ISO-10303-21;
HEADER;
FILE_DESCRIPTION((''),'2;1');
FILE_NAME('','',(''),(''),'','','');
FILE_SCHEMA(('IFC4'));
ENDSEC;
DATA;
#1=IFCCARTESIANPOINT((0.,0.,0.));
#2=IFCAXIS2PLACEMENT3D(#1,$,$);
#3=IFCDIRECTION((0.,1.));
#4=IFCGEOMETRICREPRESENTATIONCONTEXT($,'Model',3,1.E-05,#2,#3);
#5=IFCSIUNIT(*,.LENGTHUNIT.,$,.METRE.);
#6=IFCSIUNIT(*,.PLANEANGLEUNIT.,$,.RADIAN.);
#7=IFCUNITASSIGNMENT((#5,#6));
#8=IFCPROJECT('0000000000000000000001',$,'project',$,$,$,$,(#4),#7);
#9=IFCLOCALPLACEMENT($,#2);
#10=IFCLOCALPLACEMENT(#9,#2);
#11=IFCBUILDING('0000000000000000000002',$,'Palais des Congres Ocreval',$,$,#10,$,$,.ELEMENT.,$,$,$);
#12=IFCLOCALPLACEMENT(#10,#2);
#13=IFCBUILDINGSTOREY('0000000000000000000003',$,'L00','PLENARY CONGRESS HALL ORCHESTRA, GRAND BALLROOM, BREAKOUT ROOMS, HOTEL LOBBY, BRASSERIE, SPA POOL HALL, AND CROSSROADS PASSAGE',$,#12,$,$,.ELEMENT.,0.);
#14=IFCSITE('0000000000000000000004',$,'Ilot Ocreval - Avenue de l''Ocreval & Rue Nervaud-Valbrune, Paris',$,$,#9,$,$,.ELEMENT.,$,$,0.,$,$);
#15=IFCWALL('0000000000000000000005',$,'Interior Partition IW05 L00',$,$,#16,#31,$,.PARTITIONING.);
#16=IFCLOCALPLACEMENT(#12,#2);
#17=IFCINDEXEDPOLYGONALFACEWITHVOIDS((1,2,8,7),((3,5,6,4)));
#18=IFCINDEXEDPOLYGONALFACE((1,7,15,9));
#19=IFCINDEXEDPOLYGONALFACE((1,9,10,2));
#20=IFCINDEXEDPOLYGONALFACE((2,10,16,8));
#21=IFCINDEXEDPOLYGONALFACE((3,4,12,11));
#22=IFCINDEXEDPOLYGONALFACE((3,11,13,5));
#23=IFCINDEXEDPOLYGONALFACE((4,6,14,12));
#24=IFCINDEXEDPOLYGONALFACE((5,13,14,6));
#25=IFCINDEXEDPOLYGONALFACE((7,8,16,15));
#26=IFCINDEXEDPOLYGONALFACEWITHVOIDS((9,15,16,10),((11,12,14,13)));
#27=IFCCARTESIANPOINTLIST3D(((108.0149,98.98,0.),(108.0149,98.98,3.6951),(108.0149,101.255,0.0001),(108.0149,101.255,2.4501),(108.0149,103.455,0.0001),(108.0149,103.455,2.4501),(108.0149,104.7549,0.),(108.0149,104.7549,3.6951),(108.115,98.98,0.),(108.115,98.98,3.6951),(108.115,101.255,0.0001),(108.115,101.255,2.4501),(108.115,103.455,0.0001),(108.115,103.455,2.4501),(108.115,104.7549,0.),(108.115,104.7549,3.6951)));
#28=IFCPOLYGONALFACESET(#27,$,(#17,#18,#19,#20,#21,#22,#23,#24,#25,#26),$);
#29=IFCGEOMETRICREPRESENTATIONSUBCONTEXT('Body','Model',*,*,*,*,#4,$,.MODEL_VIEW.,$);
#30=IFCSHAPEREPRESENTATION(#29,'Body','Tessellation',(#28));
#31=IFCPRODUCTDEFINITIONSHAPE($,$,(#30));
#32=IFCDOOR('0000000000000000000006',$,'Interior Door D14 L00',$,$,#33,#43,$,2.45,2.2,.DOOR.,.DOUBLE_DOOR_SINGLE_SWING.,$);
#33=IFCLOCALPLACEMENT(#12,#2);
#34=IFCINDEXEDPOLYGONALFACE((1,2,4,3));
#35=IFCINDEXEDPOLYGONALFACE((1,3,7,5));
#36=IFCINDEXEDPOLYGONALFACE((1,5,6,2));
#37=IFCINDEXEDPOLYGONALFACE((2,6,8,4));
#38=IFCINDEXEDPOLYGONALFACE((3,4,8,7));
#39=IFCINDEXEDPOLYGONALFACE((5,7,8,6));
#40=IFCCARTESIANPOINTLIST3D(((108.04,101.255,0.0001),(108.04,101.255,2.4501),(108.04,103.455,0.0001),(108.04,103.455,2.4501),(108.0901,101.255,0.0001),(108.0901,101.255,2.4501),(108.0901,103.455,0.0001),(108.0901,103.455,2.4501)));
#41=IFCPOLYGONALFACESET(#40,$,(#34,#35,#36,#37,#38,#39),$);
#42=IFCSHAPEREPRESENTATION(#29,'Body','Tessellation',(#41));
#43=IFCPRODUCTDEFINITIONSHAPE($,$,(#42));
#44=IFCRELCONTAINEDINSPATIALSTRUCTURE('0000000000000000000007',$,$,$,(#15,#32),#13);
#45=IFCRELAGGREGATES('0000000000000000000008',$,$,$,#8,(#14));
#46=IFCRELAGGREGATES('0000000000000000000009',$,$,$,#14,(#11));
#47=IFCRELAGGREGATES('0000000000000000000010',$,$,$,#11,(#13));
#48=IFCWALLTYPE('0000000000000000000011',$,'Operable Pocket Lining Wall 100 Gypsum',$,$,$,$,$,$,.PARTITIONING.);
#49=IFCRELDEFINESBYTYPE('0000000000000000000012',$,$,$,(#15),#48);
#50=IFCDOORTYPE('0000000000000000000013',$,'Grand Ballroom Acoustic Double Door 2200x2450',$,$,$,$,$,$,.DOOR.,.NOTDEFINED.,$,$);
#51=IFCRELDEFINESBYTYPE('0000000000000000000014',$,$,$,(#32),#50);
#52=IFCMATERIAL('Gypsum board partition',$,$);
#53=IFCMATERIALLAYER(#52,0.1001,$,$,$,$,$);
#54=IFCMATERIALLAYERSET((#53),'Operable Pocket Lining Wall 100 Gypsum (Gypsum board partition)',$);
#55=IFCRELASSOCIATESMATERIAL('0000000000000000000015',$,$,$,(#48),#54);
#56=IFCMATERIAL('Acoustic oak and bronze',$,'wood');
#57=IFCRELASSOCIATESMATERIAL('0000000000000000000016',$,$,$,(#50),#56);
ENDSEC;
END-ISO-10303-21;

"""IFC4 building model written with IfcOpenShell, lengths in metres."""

from ifc_helpers import new_model, si_unit, direction, frame, frame_2d, origin, place, context, subcontext, project, spatial, rectangle, extrude, material, layer, layer_set, type_object, element, fill, save


model = new_model("IFC4")

# Units and contexts
model_context = context("Model", 3, precision=1e-05, world=origin(), true_north=direction((0.0, 1.0)))
body_context = subcontext(model_context, "Body", "Model", "MODEL_VIEW")
ifc_project = project(units=[si_unit("LENGTHUNIT", "METRE"), si_unit("PLANEANGLEUNIT", "RADIAN")], contexts=[model_context])

# Site, building, storey
site_placement = place(None, origin())
site = spatial("IfcSite", under=ifc_project, at=site_placement, Name="Ilot Ocreval - Avenue de l'Ocreval & Rue Nervaud-Valbrune, Paris", CompositionType="ELEMENT", RefElevation=0.0)
building_placement = place(site_placement, origin())
building = spatial("IfcBuilding", under=site, at=building_placement, Name="Palais des Congres Ocreval", CompositionType="ELEMENT")
storey_placement = place(building_placement, origin())
storey = spatial("IfcBuildingStorey", under=building, at=storey_placement, Name="L00", Description="PLENARY CONGRESS HALL ORCHESTRA, GRAND BALLROOM, BREAKOUT ROOMS, HOTEL LOBBY, BRASSERIE, SPA POOL HALL, AND CROSSROADS PASSAGE", CompositionType="ELEMENT", Elevation=0.0)

# Shared definitions
ifc_material_1 = material(Name="Gypsum board partition")
ifc_layer_1 = layer(ifc_material_1, 0.1001)
ifc_layer_set_1 = layer_set([ifc_layer_1], Name="Operable Pocket Lining Wall 100 Gypsum (Gypsum board partition)")
wall_type_1 = type_object("IfcWallType", Name="Operable Pocket Lining Wall 100 Gypsum", PredefinedType="PARTITIONING", material=ifc_layer_set_1)

# Wall, opening, door
wall_1_placement = place(storey_placement, frame((108.0649, 98.98, 0.0), z_axis=(0.0, 0.0, 1.0), x_axis=(0.0, 1.0, 0.0)))
wall_1 = element("IfcWall", 1, at=wall_1_placement, inside=storey, type_object=wall_type_1, Name="Interior Partition IW05 L00", PredefinedType="PARTITIONING", context=body_context, shape_type="SweptSolid", body=[
    extrude(rectangle(XDim=5.7749, YDim=0.1001, at=frame_2d((2.8875, 0.0))), origin(), (0.0, 0.0, 1.0), 3.6951),
])
opening_1_placement = place(wall_1_placement, frame((2.2749, 0.0, 0.0)))
opening_1 = element("IfcOpeningElement", 2, at=opening_1_placement, cuts=wall_1, PredefinedType="OPENING", context=body_context, shape_type="SweptSolid", body=[
    extrude(rectangle(XDim=2.2, YDim=2.45, at=frame_2d((1.1001, 1.2251))), frame((0.0, 0.0601, 0.0), z_axis=(0.0, -1.0, 0.0), x_axis=(1.0, 0.0, 0.0)), (0.0, 0.0, 1.0), 0.1201),
])
ifc_material_2 = material(Name="Acoustic oak and bronze", Category="wood")
door_type_1 = type_object("IfcDoorType", Name="Grand Ballroom Acoustic Double Door 2200x2450", OperationType="NOTDEFINED", PredefinedType="DOOR", material=ifc_material_2)
door_1_placement = place(opening_1_placement, origin())
door_1 = element("IfcDoor", 3, at=door_1_placement, inside=storey, type_object=door_type_1, Name="Interior Door D14 L00", OperationType="DOUBLE_DOOR_SINGLE_SWING", OverallHeight=2.45, OverallWidth=2.2, PredefinedType="DOOR", context=body_context, shape_type="SweptSolid", body=[
    extrude(rectangle(XDim=2.2, YDim=2.45, at=frame_2d((1.1001, 1.2251))), frame((0.0, 0.0249, 0.0), z_axis=(0.0, -1.0, 0.0), x_axis=(1.0, 0.0, 0.0)), (0.0, 0.0, 1.0), 0.05),
])
fill(opening_1, door_1)

save(model, "model.ifc")
